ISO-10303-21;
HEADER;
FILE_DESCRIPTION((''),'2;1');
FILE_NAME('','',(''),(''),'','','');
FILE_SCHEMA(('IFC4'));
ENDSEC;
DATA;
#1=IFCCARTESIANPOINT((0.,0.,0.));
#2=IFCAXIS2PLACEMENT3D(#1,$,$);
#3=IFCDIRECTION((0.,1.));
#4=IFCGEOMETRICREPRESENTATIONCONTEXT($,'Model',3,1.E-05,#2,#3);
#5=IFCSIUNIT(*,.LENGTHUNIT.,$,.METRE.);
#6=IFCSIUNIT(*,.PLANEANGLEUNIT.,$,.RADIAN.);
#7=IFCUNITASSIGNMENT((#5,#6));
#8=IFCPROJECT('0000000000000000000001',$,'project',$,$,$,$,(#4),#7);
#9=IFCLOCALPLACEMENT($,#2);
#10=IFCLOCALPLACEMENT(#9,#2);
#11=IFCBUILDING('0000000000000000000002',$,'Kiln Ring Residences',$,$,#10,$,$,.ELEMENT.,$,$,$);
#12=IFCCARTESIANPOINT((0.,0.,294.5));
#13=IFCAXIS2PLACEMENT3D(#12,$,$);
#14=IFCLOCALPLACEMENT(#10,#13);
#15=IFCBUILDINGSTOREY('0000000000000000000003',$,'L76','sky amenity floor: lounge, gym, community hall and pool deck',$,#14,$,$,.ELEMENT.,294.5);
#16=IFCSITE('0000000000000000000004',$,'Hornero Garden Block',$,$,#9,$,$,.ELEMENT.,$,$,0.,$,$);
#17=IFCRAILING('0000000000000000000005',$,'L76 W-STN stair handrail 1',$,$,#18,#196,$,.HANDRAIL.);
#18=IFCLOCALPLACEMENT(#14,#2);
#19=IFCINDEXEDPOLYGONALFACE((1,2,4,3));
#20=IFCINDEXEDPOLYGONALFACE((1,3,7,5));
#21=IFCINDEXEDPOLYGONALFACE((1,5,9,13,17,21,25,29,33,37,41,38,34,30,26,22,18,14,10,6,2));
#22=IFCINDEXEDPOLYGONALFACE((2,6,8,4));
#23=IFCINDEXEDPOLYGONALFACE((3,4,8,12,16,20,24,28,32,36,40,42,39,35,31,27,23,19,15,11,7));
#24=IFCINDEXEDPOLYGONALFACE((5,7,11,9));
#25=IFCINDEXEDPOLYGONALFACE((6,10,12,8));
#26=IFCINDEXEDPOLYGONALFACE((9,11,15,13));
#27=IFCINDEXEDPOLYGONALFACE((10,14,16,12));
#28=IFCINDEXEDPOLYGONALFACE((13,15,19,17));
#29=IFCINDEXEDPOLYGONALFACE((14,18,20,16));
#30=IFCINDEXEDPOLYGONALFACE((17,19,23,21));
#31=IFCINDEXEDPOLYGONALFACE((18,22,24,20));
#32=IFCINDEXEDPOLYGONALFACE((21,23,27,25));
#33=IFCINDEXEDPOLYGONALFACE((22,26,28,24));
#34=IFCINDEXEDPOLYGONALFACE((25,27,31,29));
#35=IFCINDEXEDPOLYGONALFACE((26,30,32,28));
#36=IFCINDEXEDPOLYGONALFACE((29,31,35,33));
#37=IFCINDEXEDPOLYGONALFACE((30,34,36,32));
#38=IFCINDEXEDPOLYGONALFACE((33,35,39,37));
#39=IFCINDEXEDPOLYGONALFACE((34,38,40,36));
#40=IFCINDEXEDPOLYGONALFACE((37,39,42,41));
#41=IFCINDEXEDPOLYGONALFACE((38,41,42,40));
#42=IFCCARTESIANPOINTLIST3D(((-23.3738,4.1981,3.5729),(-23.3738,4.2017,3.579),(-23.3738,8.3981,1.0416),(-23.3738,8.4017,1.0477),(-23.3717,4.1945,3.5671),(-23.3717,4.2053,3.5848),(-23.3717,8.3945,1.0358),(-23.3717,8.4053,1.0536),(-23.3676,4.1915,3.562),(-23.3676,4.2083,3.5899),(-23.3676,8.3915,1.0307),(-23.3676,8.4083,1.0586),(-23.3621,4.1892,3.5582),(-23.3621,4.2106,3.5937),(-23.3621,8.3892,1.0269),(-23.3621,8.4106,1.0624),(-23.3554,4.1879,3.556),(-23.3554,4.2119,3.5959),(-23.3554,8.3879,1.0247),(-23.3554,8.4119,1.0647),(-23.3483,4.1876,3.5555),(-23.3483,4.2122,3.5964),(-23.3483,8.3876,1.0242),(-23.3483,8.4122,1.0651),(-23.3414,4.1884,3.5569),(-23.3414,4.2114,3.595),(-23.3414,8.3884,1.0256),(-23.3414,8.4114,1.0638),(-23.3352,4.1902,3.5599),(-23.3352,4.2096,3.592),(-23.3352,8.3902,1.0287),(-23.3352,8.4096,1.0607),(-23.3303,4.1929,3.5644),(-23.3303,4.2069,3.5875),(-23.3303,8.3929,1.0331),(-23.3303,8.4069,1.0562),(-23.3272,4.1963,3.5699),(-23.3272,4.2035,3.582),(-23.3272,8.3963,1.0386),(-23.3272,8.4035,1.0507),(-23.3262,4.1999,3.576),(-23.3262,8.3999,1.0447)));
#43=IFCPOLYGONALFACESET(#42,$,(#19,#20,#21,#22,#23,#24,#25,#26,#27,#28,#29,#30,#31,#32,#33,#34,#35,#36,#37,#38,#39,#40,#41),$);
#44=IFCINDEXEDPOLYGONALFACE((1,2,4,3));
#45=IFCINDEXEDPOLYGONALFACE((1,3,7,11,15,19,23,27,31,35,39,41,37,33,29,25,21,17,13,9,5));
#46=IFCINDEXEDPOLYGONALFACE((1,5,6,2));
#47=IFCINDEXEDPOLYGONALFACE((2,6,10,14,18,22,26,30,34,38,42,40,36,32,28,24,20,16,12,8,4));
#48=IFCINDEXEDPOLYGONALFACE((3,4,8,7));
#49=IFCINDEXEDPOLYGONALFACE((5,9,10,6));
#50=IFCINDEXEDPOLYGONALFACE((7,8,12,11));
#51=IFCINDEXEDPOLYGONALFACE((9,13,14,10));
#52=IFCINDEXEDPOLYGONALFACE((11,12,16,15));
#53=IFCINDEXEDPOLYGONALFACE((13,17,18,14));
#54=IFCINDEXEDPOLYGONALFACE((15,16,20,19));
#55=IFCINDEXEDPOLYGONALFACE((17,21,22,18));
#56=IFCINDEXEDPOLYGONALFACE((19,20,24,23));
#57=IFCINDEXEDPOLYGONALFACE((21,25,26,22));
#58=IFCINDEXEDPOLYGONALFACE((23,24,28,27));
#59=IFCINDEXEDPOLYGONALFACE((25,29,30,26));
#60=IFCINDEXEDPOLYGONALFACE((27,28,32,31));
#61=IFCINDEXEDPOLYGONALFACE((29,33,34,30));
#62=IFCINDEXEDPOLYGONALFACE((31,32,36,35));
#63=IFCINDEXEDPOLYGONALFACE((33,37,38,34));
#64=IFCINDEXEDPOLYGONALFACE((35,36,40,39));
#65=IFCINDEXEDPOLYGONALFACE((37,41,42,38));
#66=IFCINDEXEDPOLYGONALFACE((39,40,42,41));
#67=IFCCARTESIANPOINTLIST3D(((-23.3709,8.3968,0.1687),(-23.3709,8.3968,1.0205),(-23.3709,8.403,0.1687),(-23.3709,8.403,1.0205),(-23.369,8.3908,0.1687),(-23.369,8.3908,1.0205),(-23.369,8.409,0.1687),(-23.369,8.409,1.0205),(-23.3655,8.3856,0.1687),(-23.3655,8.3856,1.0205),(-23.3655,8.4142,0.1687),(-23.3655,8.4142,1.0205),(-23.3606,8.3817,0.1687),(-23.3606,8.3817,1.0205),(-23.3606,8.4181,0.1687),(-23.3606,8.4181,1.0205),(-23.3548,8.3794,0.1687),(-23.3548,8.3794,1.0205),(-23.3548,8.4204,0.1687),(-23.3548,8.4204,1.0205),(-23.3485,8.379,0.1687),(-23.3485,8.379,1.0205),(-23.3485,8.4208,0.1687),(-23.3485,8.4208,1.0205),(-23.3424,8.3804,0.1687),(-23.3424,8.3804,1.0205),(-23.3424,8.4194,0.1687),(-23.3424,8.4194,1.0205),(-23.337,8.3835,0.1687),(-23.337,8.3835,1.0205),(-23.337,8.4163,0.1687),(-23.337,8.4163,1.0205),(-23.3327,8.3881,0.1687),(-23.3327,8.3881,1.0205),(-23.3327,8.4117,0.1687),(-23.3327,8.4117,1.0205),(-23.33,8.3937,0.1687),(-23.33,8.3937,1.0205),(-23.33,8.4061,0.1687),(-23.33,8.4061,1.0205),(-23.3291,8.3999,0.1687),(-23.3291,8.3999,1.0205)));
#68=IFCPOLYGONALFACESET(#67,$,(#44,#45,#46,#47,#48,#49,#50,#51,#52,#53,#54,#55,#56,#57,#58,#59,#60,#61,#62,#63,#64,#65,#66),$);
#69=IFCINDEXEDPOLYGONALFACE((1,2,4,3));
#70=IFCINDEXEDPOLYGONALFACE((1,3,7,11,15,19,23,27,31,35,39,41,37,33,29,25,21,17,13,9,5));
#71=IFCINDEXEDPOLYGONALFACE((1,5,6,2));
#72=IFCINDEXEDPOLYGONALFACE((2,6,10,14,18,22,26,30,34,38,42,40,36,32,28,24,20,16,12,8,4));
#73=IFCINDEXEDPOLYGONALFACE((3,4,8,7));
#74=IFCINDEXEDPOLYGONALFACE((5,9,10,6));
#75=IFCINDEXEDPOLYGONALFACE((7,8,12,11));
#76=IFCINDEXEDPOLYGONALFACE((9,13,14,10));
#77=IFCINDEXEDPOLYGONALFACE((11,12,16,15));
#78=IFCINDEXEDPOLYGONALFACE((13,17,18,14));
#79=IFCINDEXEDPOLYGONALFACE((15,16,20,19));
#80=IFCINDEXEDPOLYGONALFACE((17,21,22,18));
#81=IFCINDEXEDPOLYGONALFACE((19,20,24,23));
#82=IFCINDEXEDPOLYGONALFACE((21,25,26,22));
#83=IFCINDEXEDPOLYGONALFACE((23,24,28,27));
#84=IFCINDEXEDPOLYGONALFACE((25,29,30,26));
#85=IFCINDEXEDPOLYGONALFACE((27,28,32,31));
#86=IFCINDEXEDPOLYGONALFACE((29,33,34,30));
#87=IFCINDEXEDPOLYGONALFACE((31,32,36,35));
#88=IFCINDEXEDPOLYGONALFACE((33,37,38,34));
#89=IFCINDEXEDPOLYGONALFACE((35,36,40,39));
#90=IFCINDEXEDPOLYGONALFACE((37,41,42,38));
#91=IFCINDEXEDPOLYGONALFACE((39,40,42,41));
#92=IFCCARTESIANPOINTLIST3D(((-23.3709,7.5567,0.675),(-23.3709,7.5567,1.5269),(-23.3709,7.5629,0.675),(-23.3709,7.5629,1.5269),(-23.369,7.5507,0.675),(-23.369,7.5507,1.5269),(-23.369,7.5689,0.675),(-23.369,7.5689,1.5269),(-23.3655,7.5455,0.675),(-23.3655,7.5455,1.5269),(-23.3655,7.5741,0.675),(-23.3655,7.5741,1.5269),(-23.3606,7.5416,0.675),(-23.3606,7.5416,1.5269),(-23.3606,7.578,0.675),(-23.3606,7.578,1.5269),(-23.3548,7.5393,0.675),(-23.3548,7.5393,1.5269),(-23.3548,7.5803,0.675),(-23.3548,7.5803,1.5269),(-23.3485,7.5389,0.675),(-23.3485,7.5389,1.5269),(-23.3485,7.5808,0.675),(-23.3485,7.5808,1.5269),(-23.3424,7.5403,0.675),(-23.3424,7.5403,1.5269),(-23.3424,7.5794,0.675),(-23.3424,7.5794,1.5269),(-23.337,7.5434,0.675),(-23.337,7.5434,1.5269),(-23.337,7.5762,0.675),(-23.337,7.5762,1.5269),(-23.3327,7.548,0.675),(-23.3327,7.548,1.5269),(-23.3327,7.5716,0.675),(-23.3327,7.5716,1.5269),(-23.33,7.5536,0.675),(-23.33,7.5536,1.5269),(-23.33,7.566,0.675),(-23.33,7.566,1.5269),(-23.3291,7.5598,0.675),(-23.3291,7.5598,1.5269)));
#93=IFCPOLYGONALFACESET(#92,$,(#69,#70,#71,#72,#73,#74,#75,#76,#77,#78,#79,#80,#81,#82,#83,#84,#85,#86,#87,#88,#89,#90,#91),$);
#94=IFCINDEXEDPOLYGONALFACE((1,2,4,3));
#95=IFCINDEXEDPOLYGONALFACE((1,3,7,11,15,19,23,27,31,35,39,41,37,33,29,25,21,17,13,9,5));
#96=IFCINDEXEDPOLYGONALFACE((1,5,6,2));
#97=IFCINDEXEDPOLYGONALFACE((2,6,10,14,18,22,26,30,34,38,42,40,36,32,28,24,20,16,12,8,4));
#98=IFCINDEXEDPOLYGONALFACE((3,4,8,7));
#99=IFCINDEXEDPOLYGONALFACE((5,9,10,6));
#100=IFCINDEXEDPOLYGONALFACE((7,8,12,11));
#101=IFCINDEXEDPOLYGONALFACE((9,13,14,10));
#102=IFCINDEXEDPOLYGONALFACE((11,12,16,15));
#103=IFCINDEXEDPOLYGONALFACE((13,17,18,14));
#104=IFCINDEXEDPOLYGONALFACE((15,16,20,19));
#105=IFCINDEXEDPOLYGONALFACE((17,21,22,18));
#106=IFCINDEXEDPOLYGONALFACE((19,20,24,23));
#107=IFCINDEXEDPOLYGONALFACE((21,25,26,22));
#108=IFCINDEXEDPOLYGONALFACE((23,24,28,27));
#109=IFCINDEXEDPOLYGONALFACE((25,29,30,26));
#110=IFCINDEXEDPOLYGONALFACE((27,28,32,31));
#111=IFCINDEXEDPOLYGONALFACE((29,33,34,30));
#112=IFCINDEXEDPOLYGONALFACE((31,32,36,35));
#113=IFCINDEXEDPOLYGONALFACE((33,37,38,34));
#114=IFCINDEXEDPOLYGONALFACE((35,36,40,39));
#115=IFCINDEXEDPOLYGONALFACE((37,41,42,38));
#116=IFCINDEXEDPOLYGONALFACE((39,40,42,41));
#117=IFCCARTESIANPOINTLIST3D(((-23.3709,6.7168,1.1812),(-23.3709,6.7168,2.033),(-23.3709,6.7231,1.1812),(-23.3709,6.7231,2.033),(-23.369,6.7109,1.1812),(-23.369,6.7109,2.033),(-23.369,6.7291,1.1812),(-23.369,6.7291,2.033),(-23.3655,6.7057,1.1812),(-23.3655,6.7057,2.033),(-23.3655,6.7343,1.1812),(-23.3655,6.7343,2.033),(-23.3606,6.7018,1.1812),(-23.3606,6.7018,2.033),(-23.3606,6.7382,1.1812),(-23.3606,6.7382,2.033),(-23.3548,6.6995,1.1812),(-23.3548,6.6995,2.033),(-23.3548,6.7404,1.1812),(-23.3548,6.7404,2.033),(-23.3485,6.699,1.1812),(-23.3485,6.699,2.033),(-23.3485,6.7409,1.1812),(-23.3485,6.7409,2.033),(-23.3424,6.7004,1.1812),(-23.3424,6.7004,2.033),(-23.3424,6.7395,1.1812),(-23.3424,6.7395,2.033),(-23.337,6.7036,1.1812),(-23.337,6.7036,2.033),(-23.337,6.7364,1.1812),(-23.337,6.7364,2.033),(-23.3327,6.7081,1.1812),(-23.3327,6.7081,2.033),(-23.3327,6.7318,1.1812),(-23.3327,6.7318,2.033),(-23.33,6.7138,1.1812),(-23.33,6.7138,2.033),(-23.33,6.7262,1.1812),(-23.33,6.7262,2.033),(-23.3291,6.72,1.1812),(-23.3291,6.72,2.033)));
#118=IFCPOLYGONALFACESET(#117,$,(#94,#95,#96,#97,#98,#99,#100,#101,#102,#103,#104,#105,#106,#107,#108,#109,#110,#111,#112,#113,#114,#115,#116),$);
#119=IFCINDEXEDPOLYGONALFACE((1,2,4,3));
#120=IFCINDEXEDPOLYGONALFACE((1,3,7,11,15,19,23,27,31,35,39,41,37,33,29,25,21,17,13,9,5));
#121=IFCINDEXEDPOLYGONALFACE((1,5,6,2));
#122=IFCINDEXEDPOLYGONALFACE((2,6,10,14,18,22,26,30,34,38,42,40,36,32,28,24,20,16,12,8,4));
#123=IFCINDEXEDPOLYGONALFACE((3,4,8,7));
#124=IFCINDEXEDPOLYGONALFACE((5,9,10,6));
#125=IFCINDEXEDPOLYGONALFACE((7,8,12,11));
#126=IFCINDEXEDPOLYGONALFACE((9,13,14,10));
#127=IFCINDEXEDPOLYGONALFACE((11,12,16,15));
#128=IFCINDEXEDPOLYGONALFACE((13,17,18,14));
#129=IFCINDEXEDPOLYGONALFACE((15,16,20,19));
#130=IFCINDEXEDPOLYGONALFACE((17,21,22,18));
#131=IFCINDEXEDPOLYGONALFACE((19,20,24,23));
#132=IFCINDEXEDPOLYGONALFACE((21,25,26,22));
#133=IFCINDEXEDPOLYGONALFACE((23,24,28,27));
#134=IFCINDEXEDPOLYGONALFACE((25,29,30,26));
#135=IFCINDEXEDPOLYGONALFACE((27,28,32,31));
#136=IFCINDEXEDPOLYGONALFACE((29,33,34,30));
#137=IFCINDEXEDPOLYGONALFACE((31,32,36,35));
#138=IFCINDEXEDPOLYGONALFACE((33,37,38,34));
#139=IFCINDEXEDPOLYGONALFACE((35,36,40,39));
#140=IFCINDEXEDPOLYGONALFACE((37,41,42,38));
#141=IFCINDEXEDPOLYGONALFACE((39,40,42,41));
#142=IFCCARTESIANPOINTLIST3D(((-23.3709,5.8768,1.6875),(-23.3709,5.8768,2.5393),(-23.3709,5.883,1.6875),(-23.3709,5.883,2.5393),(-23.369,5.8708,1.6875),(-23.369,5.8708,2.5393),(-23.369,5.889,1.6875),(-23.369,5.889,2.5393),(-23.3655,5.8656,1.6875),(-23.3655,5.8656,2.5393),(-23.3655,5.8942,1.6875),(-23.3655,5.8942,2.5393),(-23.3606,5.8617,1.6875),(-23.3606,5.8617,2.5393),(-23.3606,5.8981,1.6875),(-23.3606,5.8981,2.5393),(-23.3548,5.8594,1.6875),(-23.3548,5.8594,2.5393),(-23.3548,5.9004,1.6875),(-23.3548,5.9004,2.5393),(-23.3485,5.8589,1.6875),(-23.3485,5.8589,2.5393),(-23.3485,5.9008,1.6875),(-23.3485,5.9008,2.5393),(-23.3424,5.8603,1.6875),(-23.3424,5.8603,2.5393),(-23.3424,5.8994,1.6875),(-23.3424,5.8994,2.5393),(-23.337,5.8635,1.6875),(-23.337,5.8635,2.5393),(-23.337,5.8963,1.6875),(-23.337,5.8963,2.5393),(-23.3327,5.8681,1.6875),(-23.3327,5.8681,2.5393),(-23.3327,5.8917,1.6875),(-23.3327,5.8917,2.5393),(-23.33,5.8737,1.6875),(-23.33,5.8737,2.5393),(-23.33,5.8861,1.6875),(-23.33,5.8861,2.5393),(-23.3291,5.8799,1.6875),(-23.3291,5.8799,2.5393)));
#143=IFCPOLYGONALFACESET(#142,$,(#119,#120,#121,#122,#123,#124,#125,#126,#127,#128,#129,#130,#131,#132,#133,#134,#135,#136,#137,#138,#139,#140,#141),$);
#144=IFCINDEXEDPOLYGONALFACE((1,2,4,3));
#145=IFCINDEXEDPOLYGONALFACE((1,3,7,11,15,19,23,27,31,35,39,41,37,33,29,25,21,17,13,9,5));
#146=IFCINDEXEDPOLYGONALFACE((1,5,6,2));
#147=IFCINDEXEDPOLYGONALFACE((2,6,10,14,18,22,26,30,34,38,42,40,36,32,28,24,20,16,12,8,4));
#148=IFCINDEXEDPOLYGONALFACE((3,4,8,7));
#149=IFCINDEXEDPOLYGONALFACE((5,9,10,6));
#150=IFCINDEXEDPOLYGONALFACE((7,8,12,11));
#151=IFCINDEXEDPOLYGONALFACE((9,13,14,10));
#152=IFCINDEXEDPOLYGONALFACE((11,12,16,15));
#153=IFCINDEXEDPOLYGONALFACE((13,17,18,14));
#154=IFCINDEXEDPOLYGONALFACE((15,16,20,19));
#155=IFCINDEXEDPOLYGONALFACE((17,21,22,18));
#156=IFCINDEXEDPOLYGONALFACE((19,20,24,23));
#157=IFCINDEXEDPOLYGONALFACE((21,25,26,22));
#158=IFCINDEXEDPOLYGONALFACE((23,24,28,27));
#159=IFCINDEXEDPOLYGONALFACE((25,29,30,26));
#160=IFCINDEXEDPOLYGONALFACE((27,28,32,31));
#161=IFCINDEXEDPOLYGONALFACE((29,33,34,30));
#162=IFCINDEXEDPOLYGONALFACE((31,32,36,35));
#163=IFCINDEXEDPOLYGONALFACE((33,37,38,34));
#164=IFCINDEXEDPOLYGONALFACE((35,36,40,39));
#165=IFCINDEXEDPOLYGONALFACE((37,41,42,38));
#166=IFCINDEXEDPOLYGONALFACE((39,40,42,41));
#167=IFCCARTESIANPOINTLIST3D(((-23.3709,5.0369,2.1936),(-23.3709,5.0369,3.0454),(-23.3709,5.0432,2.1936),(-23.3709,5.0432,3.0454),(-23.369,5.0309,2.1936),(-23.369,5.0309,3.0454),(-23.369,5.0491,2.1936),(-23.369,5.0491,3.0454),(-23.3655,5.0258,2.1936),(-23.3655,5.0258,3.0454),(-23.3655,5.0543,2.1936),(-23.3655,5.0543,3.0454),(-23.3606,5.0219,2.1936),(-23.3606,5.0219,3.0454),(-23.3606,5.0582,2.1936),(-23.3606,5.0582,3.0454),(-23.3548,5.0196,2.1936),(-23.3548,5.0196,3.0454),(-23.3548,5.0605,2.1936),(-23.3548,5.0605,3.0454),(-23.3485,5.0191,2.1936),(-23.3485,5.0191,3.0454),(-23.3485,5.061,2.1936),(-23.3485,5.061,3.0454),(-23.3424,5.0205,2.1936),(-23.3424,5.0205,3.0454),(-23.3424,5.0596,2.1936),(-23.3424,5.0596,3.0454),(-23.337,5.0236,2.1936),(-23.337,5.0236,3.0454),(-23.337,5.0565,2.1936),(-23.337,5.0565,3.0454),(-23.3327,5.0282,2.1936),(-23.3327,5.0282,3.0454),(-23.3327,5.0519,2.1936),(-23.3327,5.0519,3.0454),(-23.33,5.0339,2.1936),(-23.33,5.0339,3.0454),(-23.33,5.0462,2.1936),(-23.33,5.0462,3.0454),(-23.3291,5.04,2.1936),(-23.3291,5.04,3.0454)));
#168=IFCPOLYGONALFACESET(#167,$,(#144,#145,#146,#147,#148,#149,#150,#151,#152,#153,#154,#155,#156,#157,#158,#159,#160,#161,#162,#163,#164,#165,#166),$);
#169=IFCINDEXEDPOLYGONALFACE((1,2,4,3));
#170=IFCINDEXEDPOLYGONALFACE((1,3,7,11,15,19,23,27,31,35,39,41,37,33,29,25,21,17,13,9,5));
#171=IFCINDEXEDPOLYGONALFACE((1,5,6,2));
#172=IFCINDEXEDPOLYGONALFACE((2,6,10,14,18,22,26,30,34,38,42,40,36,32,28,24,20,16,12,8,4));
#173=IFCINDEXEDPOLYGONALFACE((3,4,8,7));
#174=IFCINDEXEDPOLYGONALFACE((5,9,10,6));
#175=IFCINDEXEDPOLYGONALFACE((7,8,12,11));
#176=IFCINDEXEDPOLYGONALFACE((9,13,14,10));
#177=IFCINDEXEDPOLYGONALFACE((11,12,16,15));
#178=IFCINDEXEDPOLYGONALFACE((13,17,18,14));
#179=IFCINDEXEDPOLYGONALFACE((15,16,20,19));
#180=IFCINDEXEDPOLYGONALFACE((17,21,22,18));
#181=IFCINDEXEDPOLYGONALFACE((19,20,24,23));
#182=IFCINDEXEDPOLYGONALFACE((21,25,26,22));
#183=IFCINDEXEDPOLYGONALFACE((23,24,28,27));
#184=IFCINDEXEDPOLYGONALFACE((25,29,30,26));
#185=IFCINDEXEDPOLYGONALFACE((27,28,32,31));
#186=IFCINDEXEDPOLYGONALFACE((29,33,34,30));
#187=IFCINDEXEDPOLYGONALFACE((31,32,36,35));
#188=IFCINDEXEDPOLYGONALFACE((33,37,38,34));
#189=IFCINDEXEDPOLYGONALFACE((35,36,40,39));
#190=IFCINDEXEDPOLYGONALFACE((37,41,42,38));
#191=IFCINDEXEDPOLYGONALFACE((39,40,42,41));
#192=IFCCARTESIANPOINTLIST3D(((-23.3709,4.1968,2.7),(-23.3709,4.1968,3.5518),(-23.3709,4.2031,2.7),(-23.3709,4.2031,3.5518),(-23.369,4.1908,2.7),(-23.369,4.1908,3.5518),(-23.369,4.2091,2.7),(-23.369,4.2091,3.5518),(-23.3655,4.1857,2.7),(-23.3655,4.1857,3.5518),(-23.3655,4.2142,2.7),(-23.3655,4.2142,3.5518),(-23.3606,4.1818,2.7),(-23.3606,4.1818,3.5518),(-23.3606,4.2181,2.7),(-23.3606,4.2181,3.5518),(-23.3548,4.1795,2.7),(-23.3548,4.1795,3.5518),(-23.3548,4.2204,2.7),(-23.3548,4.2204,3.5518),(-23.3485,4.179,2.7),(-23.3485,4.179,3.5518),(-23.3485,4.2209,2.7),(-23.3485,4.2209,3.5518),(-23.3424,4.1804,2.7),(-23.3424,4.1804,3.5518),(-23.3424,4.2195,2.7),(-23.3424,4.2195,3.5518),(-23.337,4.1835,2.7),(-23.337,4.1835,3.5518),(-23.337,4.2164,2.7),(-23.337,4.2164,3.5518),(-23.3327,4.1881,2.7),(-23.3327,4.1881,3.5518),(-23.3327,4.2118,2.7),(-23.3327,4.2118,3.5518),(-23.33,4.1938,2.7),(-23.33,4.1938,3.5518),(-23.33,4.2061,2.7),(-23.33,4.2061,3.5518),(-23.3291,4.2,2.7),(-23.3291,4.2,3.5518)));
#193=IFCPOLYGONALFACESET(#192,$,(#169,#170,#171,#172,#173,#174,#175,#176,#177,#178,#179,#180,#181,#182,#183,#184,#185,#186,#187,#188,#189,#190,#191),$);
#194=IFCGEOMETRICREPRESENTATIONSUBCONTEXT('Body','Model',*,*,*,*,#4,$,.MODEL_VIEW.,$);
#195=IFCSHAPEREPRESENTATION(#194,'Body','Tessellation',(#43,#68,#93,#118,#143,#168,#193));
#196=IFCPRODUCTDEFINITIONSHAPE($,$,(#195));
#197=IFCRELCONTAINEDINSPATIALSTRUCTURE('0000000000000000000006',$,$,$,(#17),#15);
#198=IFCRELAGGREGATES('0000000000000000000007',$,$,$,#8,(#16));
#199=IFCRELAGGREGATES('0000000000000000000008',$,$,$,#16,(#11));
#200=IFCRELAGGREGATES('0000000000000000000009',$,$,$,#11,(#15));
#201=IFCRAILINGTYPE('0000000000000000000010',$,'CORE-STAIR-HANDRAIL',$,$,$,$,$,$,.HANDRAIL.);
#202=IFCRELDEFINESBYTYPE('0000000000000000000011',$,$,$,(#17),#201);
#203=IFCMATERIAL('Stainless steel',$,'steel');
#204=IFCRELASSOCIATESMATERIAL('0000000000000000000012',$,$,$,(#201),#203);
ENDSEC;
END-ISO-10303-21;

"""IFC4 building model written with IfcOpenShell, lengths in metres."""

from ifc_helpers import new_model, si_unit, direction, frame, origin, origin_2d, place, context, subcontext, project, spatial, circle, extrude, material, type_object, element, save


model = new_model("IFC4")

# Units and contexts
model_context = context("Model", 3, precision=1e-05, world=origin(), true_north=direction((0.0, 1.0)))
body_context = subcontext(model_context, "Body", "Model", "MODEL_VIEW")
ifc_project = project(units=[si_unit("LENGTHUNIT", "METRE"), si_unit("PLANEANGLEUNIT", "RADIAN")], contexts=[model_context])

# Site, building, storey
site_placement = place(None, origin())
site = spatial("IfcSite", under=ifc_project, at=site_placement, Name="Hornero Garden Block", CompositionType="ELEMENT", RefElevation=0.0)
building_placement = place(site_placement, origin())
building = spatial("IfcBuilding", under=site, at=building_placement, Name="Kiln Ring Residences", CompositionType="ELEMENT")
storey_placement = place(building_placement, frame((0.0, 0.0, 294.5)))
storey = spatial("IfcBuildingStorey", under=building, at=storey_placement, Name="L76", Description="sky amenity floor: lounge, gym, community hall and pool deck", CompositionType="ELEMENT", Elevation=294.5)

# Railing
ifc_material_1 = material(Name="Stainless steel", Category="steel")
railing_type_1 = type_object("IfcRailingType", Name="CORE-STAIR-HANDRAIL", PredefinedType="HANDRAIL", material=ifc_material_1)
railing_1_placement = place(storey_placement, frame((-23.3501, 8.3999, 0.1687)))
element("IfcRailing", 1, at=railing_1_placement, inside=storey, type_object=railing_type_1, Name="L76 W-STN stair handrail 1", PredefinedType="HANDRAIL", context=body_context, shape_type="SweptSolid", body=[
    extrude(circle(Radius=0.0239, at=origin_2d()), frame((0.0, 0.0, 0.876), z_axis=(0.0, -0.856476, 0.516186), x_axis=(1.0, 0.0, 0.0)), (0.0, 0.0, 1.0), 4.9038),
    extrude(circle(Radius=0.021, at=origin_2d()), origin(), (0.0, 0.0, 1.0), 0.8518),
    extrude(circle(Radius=0.021, at=origin_2d()), frame((0.0, -0.8401, 0.5063)), (0.0, 0.0, 1.0), 0.8518),
    extrude(circle(Radius=0.021, at=origin_2d()), frame((0.0, -1.6799, 1.0125)), (0.0, 0.0, 1.0), 0.8518),
    extrude(circle(Radius=0.021, at=origin_2d()), frame((0.0, -2.52, 1.5188)), (0.0, 0.0, 1.0), 0.8518),
    extrude(circle(Radius=0.021, at=origin_2d()), frame((0.0, -3.3599, 2.0249)), (0.0, 0.0, 1.0), 0.8518),
    extrude(circle(Radius=0.021, at=origin_2d()), frame((0.0, -4.2, 2.5312)), (0.0, 0.0, 1.0), 0.8518),
])

save(model, "model.ifc")
